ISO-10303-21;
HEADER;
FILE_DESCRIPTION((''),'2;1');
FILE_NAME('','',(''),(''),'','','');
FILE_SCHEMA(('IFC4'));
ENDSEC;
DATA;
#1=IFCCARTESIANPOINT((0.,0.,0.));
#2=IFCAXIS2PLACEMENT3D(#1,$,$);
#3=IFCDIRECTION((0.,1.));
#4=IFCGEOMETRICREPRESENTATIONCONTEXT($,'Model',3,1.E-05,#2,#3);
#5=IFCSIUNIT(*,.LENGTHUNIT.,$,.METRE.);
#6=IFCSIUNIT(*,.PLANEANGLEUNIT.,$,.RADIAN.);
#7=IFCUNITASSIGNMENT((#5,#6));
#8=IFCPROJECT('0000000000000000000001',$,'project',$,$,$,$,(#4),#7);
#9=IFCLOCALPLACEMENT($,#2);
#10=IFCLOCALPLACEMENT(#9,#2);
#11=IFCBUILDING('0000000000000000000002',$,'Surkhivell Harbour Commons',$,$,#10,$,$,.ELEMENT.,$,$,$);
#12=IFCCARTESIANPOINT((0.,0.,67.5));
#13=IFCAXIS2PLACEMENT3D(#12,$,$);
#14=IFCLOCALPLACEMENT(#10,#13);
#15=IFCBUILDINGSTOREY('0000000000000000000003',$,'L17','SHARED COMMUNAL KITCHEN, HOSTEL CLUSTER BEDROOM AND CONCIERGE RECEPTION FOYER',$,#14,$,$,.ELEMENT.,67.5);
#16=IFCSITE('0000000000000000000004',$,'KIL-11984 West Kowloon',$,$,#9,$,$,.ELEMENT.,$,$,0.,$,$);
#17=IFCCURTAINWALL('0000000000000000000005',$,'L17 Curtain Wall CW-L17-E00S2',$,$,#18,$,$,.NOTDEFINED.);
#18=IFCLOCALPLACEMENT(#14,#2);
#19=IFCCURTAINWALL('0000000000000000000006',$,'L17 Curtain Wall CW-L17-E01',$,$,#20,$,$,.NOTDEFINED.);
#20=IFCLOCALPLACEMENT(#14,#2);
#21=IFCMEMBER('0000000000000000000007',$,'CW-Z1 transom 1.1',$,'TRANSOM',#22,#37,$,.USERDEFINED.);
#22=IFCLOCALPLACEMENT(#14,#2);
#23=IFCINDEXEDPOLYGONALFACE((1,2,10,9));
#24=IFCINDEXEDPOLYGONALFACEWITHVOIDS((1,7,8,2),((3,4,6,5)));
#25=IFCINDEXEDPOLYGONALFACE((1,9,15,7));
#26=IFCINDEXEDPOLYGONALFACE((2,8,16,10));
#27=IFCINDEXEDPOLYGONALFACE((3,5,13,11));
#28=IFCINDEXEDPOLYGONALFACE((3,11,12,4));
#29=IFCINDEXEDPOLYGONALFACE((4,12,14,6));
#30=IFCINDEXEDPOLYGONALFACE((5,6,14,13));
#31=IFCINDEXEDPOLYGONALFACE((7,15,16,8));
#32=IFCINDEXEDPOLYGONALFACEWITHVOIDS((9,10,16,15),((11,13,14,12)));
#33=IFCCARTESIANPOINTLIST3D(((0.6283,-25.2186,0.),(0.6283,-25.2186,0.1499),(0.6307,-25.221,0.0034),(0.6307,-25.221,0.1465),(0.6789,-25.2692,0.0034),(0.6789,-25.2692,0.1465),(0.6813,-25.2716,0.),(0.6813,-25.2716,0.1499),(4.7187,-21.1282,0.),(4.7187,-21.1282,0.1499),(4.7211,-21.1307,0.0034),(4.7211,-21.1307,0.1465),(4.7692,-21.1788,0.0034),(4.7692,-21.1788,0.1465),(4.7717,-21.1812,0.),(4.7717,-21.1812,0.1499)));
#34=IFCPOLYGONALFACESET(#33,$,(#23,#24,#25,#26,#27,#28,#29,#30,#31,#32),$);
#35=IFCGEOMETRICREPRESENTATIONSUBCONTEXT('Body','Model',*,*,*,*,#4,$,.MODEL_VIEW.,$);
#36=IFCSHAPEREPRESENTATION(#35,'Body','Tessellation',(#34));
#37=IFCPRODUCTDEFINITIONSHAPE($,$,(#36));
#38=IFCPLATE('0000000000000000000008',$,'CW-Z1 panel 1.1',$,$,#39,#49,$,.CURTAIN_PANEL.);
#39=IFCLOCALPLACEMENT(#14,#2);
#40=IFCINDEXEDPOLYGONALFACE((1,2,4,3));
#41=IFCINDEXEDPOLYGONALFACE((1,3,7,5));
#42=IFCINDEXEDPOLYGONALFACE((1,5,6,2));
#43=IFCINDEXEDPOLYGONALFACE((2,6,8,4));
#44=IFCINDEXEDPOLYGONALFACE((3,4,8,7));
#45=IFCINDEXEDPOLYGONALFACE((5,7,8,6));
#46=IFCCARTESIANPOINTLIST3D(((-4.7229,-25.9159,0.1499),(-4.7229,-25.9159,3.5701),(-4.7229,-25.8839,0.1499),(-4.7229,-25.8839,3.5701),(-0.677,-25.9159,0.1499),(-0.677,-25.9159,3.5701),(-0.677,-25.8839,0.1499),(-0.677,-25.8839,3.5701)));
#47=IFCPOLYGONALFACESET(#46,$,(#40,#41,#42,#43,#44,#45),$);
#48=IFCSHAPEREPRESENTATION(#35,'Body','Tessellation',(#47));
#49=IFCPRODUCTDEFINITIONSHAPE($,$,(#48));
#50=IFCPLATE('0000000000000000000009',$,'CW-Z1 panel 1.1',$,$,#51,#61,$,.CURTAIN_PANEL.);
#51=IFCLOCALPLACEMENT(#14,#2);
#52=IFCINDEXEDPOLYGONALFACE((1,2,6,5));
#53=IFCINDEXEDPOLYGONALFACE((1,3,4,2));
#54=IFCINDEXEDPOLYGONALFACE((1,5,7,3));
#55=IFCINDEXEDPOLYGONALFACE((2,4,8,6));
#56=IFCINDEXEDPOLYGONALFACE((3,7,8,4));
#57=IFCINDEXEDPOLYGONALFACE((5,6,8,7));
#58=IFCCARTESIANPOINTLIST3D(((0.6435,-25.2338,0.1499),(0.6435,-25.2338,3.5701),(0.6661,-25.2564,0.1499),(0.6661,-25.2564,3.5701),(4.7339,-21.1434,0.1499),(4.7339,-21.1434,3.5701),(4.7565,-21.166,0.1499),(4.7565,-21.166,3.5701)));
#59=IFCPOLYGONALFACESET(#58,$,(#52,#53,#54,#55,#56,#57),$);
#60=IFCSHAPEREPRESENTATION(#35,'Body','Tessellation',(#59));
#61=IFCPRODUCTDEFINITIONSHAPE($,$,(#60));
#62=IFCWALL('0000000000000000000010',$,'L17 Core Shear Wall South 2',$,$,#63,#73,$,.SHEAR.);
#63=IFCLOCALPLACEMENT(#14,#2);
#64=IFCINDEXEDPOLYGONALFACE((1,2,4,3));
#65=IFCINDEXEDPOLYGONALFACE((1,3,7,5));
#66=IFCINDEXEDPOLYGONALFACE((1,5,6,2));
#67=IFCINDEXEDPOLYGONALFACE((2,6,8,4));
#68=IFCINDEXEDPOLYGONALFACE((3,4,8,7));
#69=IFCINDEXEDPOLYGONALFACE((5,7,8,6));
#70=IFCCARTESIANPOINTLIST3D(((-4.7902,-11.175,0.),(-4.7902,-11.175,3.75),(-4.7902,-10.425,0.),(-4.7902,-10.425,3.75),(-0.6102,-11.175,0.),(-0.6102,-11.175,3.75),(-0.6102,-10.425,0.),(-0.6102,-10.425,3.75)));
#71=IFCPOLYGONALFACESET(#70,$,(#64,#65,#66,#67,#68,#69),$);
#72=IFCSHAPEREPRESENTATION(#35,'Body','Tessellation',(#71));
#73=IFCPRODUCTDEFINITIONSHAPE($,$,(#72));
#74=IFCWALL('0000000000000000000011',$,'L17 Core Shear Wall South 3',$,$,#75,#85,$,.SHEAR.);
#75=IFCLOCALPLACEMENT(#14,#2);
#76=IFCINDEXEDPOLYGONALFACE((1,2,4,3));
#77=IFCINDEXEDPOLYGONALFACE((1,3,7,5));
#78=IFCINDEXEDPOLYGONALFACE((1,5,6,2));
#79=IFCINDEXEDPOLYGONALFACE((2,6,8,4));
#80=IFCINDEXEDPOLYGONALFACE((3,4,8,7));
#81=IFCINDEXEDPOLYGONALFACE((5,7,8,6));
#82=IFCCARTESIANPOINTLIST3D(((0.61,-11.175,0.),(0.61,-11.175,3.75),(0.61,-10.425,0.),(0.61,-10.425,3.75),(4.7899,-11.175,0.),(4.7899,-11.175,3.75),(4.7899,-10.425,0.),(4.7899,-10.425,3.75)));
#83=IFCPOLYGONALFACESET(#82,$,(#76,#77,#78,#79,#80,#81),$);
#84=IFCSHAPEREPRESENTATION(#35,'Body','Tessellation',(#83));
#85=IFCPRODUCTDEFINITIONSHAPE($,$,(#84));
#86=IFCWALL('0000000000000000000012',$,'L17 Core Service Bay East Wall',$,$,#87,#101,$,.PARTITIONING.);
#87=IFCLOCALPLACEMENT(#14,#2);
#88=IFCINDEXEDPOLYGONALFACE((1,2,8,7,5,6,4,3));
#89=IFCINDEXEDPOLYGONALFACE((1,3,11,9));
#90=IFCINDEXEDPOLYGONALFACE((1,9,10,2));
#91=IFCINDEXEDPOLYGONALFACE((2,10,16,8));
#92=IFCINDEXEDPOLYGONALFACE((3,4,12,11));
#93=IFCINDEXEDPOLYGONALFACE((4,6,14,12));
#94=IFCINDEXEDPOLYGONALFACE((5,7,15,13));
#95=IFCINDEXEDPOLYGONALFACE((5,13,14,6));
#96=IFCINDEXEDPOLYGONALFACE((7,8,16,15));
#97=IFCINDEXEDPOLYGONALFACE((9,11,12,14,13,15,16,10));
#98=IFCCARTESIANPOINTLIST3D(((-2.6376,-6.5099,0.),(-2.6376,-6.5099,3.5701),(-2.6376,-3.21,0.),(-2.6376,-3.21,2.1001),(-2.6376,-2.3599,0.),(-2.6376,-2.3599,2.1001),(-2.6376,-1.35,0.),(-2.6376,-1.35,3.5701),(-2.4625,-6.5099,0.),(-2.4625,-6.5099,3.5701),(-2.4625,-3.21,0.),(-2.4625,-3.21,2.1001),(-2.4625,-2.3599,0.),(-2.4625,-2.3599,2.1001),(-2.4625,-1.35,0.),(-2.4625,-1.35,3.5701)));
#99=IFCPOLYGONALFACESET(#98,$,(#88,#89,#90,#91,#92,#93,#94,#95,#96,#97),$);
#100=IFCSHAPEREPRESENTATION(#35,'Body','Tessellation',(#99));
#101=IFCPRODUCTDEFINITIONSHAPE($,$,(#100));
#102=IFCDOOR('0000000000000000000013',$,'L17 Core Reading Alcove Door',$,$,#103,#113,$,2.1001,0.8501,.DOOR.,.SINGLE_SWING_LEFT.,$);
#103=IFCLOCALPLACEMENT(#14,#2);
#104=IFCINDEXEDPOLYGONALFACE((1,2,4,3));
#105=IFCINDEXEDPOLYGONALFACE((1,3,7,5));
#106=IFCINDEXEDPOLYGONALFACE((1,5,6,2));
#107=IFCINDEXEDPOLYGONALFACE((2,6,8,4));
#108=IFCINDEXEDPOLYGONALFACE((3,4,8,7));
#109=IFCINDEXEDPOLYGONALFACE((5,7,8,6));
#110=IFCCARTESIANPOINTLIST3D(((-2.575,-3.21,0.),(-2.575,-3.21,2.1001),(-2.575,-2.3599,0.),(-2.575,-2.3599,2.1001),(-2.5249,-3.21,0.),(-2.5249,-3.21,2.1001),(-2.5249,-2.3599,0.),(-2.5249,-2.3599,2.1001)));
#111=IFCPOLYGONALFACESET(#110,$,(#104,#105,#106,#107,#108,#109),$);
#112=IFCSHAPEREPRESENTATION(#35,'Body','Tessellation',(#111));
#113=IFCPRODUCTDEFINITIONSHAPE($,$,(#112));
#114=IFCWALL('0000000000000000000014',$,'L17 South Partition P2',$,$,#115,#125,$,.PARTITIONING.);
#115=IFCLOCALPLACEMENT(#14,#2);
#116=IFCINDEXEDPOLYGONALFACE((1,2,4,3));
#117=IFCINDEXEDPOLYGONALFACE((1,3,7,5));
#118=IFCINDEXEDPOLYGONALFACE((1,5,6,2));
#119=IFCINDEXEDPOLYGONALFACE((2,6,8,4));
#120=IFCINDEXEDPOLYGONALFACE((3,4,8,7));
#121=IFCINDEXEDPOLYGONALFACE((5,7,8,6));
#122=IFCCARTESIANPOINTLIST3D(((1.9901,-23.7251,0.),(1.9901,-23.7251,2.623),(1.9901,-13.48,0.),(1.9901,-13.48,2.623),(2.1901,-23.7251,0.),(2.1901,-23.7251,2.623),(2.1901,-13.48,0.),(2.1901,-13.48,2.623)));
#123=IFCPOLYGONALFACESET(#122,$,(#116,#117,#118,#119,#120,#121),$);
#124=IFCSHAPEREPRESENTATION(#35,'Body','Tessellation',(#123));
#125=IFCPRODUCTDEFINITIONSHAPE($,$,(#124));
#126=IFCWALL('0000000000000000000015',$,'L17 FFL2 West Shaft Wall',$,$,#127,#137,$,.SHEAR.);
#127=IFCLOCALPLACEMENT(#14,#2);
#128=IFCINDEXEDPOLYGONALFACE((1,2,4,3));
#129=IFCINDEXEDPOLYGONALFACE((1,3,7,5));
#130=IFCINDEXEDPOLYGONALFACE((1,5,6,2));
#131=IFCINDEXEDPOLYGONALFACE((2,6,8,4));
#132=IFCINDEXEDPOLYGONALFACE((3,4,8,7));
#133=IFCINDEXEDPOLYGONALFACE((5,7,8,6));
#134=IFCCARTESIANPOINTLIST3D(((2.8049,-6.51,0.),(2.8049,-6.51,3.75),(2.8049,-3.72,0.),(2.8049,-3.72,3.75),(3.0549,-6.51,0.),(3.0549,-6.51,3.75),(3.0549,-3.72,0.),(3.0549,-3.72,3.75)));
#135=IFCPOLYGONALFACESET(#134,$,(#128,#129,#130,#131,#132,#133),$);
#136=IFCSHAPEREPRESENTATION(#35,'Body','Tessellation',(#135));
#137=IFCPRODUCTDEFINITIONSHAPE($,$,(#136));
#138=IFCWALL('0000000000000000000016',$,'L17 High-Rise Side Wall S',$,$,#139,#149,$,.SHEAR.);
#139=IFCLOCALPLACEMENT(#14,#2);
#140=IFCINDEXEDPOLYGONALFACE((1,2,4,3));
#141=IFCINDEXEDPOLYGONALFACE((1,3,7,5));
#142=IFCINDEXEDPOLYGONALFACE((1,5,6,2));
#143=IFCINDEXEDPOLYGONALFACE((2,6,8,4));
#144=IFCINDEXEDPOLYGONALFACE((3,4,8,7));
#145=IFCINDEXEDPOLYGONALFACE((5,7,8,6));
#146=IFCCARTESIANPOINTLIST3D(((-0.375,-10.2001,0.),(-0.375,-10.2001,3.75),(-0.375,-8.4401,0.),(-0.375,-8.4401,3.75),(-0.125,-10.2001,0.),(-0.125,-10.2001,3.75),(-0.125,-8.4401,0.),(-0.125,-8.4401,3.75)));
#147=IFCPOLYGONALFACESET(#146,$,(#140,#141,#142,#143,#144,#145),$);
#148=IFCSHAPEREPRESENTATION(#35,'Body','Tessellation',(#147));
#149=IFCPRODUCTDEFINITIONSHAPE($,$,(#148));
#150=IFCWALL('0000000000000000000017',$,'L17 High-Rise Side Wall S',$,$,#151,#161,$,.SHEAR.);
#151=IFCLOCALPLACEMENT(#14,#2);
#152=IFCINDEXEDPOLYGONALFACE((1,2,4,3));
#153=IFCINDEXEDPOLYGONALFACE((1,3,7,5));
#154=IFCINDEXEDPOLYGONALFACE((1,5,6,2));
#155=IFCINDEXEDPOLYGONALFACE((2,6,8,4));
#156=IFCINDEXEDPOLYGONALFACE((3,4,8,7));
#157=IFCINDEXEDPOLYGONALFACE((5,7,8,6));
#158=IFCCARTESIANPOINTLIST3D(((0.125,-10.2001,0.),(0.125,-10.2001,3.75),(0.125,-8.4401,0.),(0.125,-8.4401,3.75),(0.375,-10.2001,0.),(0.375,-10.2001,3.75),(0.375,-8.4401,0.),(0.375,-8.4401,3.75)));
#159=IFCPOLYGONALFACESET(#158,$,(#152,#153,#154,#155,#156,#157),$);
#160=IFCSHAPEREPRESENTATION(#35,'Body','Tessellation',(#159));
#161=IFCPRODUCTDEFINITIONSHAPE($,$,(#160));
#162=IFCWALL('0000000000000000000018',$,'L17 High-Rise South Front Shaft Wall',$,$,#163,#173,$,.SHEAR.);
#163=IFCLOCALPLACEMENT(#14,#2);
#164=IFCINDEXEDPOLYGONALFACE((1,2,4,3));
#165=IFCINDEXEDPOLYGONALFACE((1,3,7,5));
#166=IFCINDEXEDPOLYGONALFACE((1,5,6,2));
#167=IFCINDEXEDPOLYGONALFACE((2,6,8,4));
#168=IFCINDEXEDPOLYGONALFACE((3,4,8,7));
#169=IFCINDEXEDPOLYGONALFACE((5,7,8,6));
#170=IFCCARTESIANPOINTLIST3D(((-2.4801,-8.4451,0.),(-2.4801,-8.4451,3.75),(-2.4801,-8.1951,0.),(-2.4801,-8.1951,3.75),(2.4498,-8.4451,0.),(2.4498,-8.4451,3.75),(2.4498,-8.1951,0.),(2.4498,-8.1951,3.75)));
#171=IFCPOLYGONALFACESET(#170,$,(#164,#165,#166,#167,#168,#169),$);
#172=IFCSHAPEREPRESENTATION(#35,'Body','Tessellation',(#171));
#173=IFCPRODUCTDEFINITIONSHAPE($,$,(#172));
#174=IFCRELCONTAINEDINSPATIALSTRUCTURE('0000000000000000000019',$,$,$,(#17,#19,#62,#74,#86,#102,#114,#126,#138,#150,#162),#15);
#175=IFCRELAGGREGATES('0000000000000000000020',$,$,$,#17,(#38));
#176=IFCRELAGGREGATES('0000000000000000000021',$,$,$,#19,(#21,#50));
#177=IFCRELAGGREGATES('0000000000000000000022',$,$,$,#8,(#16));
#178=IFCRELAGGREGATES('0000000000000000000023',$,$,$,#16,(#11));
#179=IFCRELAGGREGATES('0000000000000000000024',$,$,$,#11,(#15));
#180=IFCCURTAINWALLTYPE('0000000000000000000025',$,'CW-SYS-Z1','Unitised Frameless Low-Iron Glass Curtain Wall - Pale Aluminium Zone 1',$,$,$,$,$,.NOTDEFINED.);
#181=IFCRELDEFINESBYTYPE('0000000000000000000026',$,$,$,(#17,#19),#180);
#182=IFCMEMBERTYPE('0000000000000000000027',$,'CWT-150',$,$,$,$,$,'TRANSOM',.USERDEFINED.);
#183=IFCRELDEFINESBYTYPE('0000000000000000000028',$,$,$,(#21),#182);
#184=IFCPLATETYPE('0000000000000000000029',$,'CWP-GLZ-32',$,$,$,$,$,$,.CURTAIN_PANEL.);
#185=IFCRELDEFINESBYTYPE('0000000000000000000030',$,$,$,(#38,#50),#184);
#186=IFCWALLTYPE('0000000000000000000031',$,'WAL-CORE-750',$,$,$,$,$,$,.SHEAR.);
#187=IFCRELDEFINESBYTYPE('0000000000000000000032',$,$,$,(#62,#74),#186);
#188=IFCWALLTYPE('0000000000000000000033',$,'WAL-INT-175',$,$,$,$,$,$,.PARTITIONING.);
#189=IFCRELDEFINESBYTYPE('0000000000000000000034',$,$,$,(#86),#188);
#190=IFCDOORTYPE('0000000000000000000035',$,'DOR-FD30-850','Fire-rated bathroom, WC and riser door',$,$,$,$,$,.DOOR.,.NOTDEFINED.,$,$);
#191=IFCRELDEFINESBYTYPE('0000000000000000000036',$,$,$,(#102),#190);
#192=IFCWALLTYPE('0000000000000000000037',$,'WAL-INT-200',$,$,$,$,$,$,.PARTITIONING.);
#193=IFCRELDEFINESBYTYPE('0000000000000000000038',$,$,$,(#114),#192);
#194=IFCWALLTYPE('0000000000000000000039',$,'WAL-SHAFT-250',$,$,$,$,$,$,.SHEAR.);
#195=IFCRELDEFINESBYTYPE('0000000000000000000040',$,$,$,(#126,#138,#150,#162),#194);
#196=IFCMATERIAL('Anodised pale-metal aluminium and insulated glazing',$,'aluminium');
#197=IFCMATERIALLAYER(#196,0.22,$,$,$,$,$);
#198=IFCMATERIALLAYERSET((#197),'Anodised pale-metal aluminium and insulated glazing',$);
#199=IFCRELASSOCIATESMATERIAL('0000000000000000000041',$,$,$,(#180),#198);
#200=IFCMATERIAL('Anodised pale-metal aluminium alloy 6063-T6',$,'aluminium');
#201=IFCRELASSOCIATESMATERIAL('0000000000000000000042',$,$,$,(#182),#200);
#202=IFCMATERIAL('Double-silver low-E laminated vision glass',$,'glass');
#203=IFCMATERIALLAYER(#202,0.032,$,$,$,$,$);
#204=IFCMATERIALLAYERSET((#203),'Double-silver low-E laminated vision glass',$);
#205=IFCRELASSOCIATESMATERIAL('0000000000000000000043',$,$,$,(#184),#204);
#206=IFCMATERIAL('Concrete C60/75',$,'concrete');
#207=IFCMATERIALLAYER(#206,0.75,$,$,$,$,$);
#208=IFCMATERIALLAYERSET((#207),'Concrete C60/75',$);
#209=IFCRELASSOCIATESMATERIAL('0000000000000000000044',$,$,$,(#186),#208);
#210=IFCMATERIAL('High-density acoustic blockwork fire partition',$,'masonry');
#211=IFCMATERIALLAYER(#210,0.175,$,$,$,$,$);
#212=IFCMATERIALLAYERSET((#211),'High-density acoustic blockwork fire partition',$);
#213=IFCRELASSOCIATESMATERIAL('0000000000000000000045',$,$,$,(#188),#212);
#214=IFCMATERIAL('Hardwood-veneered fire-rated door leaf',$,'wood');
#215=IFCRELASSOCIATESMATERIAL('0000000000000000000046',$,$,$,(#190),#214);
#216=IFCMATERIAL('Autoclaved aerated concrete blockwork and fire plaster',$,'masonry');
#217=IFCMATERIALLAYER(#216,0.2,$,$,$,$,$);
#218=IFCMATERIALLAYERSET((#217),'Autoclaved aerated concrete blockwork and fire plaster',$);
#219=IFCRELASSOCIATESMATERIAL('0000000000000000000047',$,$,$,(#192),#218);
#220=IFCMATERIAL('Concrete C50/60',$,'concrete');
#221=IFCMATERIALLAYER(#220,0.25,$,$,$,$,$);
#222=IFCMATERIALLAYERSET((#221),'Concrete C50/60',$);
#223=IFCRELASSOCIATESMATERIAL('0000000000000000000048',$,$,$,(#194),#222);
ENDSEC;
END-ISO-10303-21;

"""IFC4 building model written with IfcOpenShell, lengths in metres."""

from ifc_helpers import new_model, si_unit, direction, frame, frame_2d, origin, origin_2d, place, context, subcontext, project, spatial, rectangle, hollow_rectangle, extrude, material, layer, layer_set, material_profile, profile_set, type_object, element, fill, aggregate, save


model = new_model("IFC4")

# Units and contexts
model_context = context("Model", 3, precision=1e-05, world=origin(), true_north=direction((0.0, 1.0)))
body_context = subcontext(model_context, "Body", "Model", "MODEL_VIEW")
ifc_project = project(units=[si_unit("LENGTHUNIT", "METRE"), si_unit("PLANEANGLEUNIT", "RADIAN")], contexts=[model_context])

# Site, building, storey
site_placement = place(None, origin())
site = spatial("IfcSite", under=ifc_project, at=site_placement, Name="KIL-11984 West Kowloon", CompositionType="ELEMENT", RefElevation=0.0)
building_placement = place(site_placement, origin())
building = spatial("IfcBuilding", under=site, at=building_placement, Name="Surkhivell Harbour Commons", CompositionType="ELEMENT")
storey_placement = place(building_placement, frame((0.0, 0.0, 67.5)))
storey = spatial("IfcBuildingStorey", under=building, at=storey_placement, Name="L17", Description="SHARED COMMUNAL KITCHEN, HOSTEL CLUSTER BEDROOM AND CONCIERGE RECEPTION FOYER", CompositionType="ELEMENT", Elevation=67.5)

# Curtain wall
ifc_material_1 = material(Name="Anodised pale-metal aluminium and insulated glazing", Category="aluminium")
ifc_layer_1 = layer(ifc_material_1, 0.22)
ifc_layer_set_1 = layer_set([ifc_layer_1], Name="Anodised pale-metal aluminium and insulated glazing")
curtain_wall_type = type_object("IfcCurtainWallType", Name="CW-SYS-Z1", Description="Unitised Frameless Low-Iron Glass Curtain Wall - Pale Aluminium Zone 1", PredefinedType="NOTDEFINED", material=ifc_layer_set_1)
curtain_wall_1_placement = place(storey_placement, origin())
curtain_wall_1 = element("IfcCurtainWall", 1, at=curtain_wall_1_placement, inside=storey, type_object=curtain_wall_type, Name="L17 Curtain Wall CW-L17-E00S2", PredefinedType="NOTDEFINED")
ifc_material_2 = material(Name="Anodised pale-metal aluminium alloy 6063-T6", Category="aluminium")

# Curtain wall
curtain_wall_2_placement = place(storey_placement, origin())
curtain_wall_2 = element("IfcCurtainWall", 2, at=curtain_wall_2_placement, inside=storey, type_object=curtain_wall_type, Name="L17 Curtain Wall CW-L17-E01", PredefinedType="NOTDEFINED")

# Member
ifc_material_profile_1 = material_profile(ifc_material_2, hollow_rectangle(XDim=0.075, YDim=0.1499, WallThickness=0.0034, at=origin_2d()), Name="ALU-TRAN-75x150")
ifc_profile_set_1 = profile_set([ifc_material_profile_1], Name="Anodised pale-metal aluminium alloy 6063-T6")
member_type_1 = type_object("IfcMemberType", Name="CWT-150", ElementType="TRANSOM", PredefinedType="USERDEFINED", material=ifc_profile_set_1)
member_1_placement = place(storey_placement, frame((0.6548, -25.2451, 0.075), z_axis=(0.707107, 0.707107, 0.0), x_axis=(-0.707107, 0.707107, 0.0)))
member_1 = element("IfcMember", 3, at=member_1_placement, type_object=member_type_1, Name="CW-Z1 transom 1.1", ObjectType="TRANSOM", PredefinedType="USERDEFINED", context=body_context, shape_type="SweptSolid", body=[
    extrude(hollow_rectangle(XDim=0.075, YDim=0.1499, WallThickness=0.0034, at=origin_2d()), origin(), (0.0, 0.0, 1.0), 5.7847),
])

# Plates
ifc_material_3 = material(Name="Double-silver low-E laminated vision glass", Category="glass")
ifc_layer_2 = layer(ifc_material_3, 0.032)
ifc_layer_set_2 = layer_set([ifc_layer_2], Name="Double-silver low-E laminated vision glass")
plate_type = type_object("IfcPlateType", Name="CWP-GLZ-32", PredefinedType="CURTAIN_PANEL", material=ifc_layer_set_2)
plate_1_placement = place(storey_placement, frame((-4.7229, -25.8999, 0.1499), z_axis=(0.0, 0.0, 1.0), x_axis=(1.0, 0.0, 0.0)))
plate_1 = element("IfcPlate", 4, at=plate_1_placement, type_object=plate_type, Name="CW-Z1 panel 1.1", PredefinedType="CURTAIN_PANEL", context=body_context, shape_type="SweptSolid", body=[
    extrude(rectangle(XDim=4.0459, YDim=0.032, at=frame_2d((2.0229, 0.0))), origin(), (0.0, 0.0, 1.0), 3.4202),
])
aggregate(curtain_wall_1, [plate_1])
plate_2_placement = place(storey_placement, frame((0.6548, -25.2451, 0.1499), z_axis=(0.0, 0.0, 1.0), x_axis=(0.707107, 0.707107, 0.0)))
plate_2 = element("IfcPlate", 5, at=plate_2_placement, type_object=plate_type, Name="CW-Z1 panel 1.1", PredefinedType="CURTAIN_PANEL", context=body_context, shape_type="SweptSolid", body=[
    extrude(rectangle(XDim=5.7847, YDim=0.032, at=frame_2d((2.8923, 0.0))), origin(), (0.0, 0.0, 1.0), 3.4202),
])
aggregate(curtain_wall_2, [member_1, plate_2])

# Walls
ifc_material_4 = material(Name="Concrete C60/75", Category="concrete")
ifc_layer_3 = layer(ifc_material_4, 0.75)
ifc_layer_set_3 = layer_set([ifc_layer_3], Name="Concrete C60/75")
wall_type_1 = type_object("IfcWallType", Name="WAL-CORE-750", PredefinedType="SHEAR", material=ifc_layer_set_3)
for number, where, z_axis, x_axis, name in (
    (6, (-4.79, -10.8, 0.0), (0.0, 0.0, 1.0), (1.0, 0.0, 0.0), "L17 Core Shear Wall South 2"),
    (7, (0.6101, -10.8, 0.0), (0.0, 0.0, 1.0), (1.0, 0.0, 0.0), "L17 Core Shear Wall South 3"),
):
    element("IfcWall", number, at=place(storey_placement, frame(where, z_axis=z_axis, x_axis=x_axis)), inside=storey, type_object=wall_type_1, Name=name, PredefinedType="SHEAR", context=body_context, shape_type="SweptSolid", body=[
        extrude(rectangle(XDim=4.1799, YDim=0.75, at=frame_2d((2.0898, 0.0))), origin(), (0.0, 0.0, 1.0), 3.75),
    ])

# Wall, opening, door
ifc_material_5 = material(Name="High-density acoustic blockwork fire partition", Category="masonry")
ifc_layer_4 = layer(ifc_material_5, 0.175)
ifc_layer_set_4 = layer_set([ifc_layer_4], Name="High-density acoustic blockwork fire partition")
wall_type_2 = type_object("IfcWallType", Name="WAL-INT-175", PredefinedType="PARTITIONING", material=ifc_layer_set_4)
wall_1_placement = place(storey_placement, frame((-2.55, -6.51, 0.0), z_axis=(0.0, 0.0, 1.0), x_axis=(0.0, 1.0, 0.0)))
wall_1 = element("IfcWall", 8, at=wall_1_placement, inside=storey, type_object=wall_type_2, Name="L17 Core Service Bay East Wall", PredefinedType="PARTITIONING", context=body_context, shape_type="SweptSolid", body=[
    extrude(rectangle(XDim=5.1599, YDim=0.175, at=frame_2d((2.5801, 0.0))), origin(), (0.0, 0.0, 1.0), 3.5701),
])
opening_1_placement = place(wall_1_placement, frame((3.3, 0.0, 0.0)))
opening_1 = element("IfcOpeningElement", 9, at=opening_1_placement, cuts=wall_1, PredefinedType="OPENING", context=body_context, shape_type="SweptSolid", body=[
    extrude(rectangle(XDim=0.8501, YDim=2.1001, at=frame_2d((0.425, 1.05))), frame((0.0, 0.0974, 0.0), z_axis=(0.0, -1.0, 0.0), x_axis=(1.0, 0.0, 0.0)), (0.0, 0.0, 1.0), 0.1951),
])
ifc_material_6 = material(Name="Hardwood-veneered fire-rated door leaf", Category="wood")
door_type_1 = type_object("IfcDoorType", Name="DOR-FD30-850", Description="Fire-rated bathroom, WC and riser door", OperationType="NOTDEFINED", PredefinedType="DOOR", material=ifc_material_6)
door_1_placement = place(opening_1_placement, origin())
door_1 = element("IfcDoor", 10, at=door_1_placement, inside=storey, type_object=door_type_1, Name="L17 Core Reading Alcove Door", OperationType="SINGLE_SWING_LEFT", OverallHeight=2.1001, OverallWidth=0.8501, PredefinedType="DOOR", context=body_context, shape_type="SweptSolid", body=[
    extrude(rectangle(XDim=0.8501, YDim=2.1001, at=frame_2d((0.425, 1.05))), frame((0.0, 0.0249, 0.0), z_axis=(0.0, -1.0, 0.0), x_axis=(1.0, 0.0, 0.0)), (0.0, 0.0, 1.0), 0.05),
])
fill(opening_1, door_1)

# Walls
ifc_material_7 = material(Name="Autoclaved aerated concrete blockwork and fire plaster", Category="masonry")
ifc_layer_5 = layer(ifc_material_7, 0.2)
ifc_layer_set_5 = layer_set([ifc_layer_5], Name="Autoclaved aerated concrete blockwork and fire plaster")
wall_type_3 = type_object("IfcWallType", Name="WAL-INT-200", PredefinedType="PARTITIONING", material=ifc_layer_set_5)
wall_2_placement = place(storey_placement, frame((2.0901, -23.7251, 0.0), z_axis=(0.0, 0.0, 1.0), x_axis=(0.0, 1.0, 0.0)))
element("IfcWall", 11, at=wall_2_placement, inside=storey, type_object=wall_type_3, Name="L17 South Partition P2", PredefinedType="PARTITIONING", context=body_context, shape_type="SweptSolid", body=[
    extrude(rectangle(XDim=10.2451, YDim=0.2, at=frame_2d((5.1226, 0.0))), origin(), (0.0, 0.0, 1.0), 2.623),
])
ifc_material_8 = material(Name="Concrete C50/60", Category="concrete")
ifc_layer_6 = layer(ifc_material_8, 0.25)
ifc_layer_set_6 = layer_set([ifc_layer_6], Name="Concrete C50/60")
wall_type_4 = type_object("IfcWallType", Name="WAL-SHAFT-250", PredefinedType="SHEAR", material=ifc_layer_set_6)
wall_3_placement = place(storey_placement, frame((2.9299, -6.51, 0.0), z_axis=(0.0, 0.0, 1.0), x_axis=(0.0, 1.0, 0.0)))
element("IfcWall", 12, at=wall_3_placement, inside=storey, type_object=wall_type_4, Name="L17 FFL2 West Shaft Wall", PredefinedType="SHEAR", context=body_context, shape_type="SweptSolid", body=[
    extrude(rectangle(XDim=2.79, YDim=0.25, at=frame_2d((1.395, 0.0))), origin(), (0.0, 0.0, 1.0), 3.75),
])
for number, where, z_axis, x_axis, name in (
    (13, (-0.25, -10.2, 0.0), (0.0, 0.0, 1.0), (0.0, 1.0, 0.0), "L17 High-Rise Side Wall S"),
    (14, (0.25, -10.2, 0.0), (0.0, 0.0, 1.0), (0.0, 1.0, 0.0), "L17 High-Rise Side Wall S"),
):
    element("IfcWall", number, at=place(storey_placement, frame(where, z_axis=z_axis, x_axis=x_axis)), inside=storey, type_object=wall_type_4, Name=name, PredefinedType="SHEAR", context=body_context, shape_type="SweptSolid", body=[
        extrude(rectangle(XDim=1.76, YDim=0.25, at=frame_2d((0.8799, 0.0))), origin(), (0.0, 0.0, 1.0), 3.75),
    ])
wall_4_placement = place(storey_placement, frame((-2.48, -8.3201, 0.0), z_axis=(0.0, 0.0, 1.0), x_axis=(1.0, 0.0, 0.0)))
element("IfcWall", 15, at=wall_4_placement, inside=storey, type_object=wall_type_4, Name="L17 High-Rise South Front Shaft Wall", PredefinedType="SHEAR", context=body_context, shape_type="SweptSolid", body=[
    extrude(rectangle(XDim=4.9299, YDim=0.25, at=frame_2d((2.4648, 0.0))), origin(), (0.0, 0.0, 1.0), 3.75),
])

save(model, "model.ifc")
